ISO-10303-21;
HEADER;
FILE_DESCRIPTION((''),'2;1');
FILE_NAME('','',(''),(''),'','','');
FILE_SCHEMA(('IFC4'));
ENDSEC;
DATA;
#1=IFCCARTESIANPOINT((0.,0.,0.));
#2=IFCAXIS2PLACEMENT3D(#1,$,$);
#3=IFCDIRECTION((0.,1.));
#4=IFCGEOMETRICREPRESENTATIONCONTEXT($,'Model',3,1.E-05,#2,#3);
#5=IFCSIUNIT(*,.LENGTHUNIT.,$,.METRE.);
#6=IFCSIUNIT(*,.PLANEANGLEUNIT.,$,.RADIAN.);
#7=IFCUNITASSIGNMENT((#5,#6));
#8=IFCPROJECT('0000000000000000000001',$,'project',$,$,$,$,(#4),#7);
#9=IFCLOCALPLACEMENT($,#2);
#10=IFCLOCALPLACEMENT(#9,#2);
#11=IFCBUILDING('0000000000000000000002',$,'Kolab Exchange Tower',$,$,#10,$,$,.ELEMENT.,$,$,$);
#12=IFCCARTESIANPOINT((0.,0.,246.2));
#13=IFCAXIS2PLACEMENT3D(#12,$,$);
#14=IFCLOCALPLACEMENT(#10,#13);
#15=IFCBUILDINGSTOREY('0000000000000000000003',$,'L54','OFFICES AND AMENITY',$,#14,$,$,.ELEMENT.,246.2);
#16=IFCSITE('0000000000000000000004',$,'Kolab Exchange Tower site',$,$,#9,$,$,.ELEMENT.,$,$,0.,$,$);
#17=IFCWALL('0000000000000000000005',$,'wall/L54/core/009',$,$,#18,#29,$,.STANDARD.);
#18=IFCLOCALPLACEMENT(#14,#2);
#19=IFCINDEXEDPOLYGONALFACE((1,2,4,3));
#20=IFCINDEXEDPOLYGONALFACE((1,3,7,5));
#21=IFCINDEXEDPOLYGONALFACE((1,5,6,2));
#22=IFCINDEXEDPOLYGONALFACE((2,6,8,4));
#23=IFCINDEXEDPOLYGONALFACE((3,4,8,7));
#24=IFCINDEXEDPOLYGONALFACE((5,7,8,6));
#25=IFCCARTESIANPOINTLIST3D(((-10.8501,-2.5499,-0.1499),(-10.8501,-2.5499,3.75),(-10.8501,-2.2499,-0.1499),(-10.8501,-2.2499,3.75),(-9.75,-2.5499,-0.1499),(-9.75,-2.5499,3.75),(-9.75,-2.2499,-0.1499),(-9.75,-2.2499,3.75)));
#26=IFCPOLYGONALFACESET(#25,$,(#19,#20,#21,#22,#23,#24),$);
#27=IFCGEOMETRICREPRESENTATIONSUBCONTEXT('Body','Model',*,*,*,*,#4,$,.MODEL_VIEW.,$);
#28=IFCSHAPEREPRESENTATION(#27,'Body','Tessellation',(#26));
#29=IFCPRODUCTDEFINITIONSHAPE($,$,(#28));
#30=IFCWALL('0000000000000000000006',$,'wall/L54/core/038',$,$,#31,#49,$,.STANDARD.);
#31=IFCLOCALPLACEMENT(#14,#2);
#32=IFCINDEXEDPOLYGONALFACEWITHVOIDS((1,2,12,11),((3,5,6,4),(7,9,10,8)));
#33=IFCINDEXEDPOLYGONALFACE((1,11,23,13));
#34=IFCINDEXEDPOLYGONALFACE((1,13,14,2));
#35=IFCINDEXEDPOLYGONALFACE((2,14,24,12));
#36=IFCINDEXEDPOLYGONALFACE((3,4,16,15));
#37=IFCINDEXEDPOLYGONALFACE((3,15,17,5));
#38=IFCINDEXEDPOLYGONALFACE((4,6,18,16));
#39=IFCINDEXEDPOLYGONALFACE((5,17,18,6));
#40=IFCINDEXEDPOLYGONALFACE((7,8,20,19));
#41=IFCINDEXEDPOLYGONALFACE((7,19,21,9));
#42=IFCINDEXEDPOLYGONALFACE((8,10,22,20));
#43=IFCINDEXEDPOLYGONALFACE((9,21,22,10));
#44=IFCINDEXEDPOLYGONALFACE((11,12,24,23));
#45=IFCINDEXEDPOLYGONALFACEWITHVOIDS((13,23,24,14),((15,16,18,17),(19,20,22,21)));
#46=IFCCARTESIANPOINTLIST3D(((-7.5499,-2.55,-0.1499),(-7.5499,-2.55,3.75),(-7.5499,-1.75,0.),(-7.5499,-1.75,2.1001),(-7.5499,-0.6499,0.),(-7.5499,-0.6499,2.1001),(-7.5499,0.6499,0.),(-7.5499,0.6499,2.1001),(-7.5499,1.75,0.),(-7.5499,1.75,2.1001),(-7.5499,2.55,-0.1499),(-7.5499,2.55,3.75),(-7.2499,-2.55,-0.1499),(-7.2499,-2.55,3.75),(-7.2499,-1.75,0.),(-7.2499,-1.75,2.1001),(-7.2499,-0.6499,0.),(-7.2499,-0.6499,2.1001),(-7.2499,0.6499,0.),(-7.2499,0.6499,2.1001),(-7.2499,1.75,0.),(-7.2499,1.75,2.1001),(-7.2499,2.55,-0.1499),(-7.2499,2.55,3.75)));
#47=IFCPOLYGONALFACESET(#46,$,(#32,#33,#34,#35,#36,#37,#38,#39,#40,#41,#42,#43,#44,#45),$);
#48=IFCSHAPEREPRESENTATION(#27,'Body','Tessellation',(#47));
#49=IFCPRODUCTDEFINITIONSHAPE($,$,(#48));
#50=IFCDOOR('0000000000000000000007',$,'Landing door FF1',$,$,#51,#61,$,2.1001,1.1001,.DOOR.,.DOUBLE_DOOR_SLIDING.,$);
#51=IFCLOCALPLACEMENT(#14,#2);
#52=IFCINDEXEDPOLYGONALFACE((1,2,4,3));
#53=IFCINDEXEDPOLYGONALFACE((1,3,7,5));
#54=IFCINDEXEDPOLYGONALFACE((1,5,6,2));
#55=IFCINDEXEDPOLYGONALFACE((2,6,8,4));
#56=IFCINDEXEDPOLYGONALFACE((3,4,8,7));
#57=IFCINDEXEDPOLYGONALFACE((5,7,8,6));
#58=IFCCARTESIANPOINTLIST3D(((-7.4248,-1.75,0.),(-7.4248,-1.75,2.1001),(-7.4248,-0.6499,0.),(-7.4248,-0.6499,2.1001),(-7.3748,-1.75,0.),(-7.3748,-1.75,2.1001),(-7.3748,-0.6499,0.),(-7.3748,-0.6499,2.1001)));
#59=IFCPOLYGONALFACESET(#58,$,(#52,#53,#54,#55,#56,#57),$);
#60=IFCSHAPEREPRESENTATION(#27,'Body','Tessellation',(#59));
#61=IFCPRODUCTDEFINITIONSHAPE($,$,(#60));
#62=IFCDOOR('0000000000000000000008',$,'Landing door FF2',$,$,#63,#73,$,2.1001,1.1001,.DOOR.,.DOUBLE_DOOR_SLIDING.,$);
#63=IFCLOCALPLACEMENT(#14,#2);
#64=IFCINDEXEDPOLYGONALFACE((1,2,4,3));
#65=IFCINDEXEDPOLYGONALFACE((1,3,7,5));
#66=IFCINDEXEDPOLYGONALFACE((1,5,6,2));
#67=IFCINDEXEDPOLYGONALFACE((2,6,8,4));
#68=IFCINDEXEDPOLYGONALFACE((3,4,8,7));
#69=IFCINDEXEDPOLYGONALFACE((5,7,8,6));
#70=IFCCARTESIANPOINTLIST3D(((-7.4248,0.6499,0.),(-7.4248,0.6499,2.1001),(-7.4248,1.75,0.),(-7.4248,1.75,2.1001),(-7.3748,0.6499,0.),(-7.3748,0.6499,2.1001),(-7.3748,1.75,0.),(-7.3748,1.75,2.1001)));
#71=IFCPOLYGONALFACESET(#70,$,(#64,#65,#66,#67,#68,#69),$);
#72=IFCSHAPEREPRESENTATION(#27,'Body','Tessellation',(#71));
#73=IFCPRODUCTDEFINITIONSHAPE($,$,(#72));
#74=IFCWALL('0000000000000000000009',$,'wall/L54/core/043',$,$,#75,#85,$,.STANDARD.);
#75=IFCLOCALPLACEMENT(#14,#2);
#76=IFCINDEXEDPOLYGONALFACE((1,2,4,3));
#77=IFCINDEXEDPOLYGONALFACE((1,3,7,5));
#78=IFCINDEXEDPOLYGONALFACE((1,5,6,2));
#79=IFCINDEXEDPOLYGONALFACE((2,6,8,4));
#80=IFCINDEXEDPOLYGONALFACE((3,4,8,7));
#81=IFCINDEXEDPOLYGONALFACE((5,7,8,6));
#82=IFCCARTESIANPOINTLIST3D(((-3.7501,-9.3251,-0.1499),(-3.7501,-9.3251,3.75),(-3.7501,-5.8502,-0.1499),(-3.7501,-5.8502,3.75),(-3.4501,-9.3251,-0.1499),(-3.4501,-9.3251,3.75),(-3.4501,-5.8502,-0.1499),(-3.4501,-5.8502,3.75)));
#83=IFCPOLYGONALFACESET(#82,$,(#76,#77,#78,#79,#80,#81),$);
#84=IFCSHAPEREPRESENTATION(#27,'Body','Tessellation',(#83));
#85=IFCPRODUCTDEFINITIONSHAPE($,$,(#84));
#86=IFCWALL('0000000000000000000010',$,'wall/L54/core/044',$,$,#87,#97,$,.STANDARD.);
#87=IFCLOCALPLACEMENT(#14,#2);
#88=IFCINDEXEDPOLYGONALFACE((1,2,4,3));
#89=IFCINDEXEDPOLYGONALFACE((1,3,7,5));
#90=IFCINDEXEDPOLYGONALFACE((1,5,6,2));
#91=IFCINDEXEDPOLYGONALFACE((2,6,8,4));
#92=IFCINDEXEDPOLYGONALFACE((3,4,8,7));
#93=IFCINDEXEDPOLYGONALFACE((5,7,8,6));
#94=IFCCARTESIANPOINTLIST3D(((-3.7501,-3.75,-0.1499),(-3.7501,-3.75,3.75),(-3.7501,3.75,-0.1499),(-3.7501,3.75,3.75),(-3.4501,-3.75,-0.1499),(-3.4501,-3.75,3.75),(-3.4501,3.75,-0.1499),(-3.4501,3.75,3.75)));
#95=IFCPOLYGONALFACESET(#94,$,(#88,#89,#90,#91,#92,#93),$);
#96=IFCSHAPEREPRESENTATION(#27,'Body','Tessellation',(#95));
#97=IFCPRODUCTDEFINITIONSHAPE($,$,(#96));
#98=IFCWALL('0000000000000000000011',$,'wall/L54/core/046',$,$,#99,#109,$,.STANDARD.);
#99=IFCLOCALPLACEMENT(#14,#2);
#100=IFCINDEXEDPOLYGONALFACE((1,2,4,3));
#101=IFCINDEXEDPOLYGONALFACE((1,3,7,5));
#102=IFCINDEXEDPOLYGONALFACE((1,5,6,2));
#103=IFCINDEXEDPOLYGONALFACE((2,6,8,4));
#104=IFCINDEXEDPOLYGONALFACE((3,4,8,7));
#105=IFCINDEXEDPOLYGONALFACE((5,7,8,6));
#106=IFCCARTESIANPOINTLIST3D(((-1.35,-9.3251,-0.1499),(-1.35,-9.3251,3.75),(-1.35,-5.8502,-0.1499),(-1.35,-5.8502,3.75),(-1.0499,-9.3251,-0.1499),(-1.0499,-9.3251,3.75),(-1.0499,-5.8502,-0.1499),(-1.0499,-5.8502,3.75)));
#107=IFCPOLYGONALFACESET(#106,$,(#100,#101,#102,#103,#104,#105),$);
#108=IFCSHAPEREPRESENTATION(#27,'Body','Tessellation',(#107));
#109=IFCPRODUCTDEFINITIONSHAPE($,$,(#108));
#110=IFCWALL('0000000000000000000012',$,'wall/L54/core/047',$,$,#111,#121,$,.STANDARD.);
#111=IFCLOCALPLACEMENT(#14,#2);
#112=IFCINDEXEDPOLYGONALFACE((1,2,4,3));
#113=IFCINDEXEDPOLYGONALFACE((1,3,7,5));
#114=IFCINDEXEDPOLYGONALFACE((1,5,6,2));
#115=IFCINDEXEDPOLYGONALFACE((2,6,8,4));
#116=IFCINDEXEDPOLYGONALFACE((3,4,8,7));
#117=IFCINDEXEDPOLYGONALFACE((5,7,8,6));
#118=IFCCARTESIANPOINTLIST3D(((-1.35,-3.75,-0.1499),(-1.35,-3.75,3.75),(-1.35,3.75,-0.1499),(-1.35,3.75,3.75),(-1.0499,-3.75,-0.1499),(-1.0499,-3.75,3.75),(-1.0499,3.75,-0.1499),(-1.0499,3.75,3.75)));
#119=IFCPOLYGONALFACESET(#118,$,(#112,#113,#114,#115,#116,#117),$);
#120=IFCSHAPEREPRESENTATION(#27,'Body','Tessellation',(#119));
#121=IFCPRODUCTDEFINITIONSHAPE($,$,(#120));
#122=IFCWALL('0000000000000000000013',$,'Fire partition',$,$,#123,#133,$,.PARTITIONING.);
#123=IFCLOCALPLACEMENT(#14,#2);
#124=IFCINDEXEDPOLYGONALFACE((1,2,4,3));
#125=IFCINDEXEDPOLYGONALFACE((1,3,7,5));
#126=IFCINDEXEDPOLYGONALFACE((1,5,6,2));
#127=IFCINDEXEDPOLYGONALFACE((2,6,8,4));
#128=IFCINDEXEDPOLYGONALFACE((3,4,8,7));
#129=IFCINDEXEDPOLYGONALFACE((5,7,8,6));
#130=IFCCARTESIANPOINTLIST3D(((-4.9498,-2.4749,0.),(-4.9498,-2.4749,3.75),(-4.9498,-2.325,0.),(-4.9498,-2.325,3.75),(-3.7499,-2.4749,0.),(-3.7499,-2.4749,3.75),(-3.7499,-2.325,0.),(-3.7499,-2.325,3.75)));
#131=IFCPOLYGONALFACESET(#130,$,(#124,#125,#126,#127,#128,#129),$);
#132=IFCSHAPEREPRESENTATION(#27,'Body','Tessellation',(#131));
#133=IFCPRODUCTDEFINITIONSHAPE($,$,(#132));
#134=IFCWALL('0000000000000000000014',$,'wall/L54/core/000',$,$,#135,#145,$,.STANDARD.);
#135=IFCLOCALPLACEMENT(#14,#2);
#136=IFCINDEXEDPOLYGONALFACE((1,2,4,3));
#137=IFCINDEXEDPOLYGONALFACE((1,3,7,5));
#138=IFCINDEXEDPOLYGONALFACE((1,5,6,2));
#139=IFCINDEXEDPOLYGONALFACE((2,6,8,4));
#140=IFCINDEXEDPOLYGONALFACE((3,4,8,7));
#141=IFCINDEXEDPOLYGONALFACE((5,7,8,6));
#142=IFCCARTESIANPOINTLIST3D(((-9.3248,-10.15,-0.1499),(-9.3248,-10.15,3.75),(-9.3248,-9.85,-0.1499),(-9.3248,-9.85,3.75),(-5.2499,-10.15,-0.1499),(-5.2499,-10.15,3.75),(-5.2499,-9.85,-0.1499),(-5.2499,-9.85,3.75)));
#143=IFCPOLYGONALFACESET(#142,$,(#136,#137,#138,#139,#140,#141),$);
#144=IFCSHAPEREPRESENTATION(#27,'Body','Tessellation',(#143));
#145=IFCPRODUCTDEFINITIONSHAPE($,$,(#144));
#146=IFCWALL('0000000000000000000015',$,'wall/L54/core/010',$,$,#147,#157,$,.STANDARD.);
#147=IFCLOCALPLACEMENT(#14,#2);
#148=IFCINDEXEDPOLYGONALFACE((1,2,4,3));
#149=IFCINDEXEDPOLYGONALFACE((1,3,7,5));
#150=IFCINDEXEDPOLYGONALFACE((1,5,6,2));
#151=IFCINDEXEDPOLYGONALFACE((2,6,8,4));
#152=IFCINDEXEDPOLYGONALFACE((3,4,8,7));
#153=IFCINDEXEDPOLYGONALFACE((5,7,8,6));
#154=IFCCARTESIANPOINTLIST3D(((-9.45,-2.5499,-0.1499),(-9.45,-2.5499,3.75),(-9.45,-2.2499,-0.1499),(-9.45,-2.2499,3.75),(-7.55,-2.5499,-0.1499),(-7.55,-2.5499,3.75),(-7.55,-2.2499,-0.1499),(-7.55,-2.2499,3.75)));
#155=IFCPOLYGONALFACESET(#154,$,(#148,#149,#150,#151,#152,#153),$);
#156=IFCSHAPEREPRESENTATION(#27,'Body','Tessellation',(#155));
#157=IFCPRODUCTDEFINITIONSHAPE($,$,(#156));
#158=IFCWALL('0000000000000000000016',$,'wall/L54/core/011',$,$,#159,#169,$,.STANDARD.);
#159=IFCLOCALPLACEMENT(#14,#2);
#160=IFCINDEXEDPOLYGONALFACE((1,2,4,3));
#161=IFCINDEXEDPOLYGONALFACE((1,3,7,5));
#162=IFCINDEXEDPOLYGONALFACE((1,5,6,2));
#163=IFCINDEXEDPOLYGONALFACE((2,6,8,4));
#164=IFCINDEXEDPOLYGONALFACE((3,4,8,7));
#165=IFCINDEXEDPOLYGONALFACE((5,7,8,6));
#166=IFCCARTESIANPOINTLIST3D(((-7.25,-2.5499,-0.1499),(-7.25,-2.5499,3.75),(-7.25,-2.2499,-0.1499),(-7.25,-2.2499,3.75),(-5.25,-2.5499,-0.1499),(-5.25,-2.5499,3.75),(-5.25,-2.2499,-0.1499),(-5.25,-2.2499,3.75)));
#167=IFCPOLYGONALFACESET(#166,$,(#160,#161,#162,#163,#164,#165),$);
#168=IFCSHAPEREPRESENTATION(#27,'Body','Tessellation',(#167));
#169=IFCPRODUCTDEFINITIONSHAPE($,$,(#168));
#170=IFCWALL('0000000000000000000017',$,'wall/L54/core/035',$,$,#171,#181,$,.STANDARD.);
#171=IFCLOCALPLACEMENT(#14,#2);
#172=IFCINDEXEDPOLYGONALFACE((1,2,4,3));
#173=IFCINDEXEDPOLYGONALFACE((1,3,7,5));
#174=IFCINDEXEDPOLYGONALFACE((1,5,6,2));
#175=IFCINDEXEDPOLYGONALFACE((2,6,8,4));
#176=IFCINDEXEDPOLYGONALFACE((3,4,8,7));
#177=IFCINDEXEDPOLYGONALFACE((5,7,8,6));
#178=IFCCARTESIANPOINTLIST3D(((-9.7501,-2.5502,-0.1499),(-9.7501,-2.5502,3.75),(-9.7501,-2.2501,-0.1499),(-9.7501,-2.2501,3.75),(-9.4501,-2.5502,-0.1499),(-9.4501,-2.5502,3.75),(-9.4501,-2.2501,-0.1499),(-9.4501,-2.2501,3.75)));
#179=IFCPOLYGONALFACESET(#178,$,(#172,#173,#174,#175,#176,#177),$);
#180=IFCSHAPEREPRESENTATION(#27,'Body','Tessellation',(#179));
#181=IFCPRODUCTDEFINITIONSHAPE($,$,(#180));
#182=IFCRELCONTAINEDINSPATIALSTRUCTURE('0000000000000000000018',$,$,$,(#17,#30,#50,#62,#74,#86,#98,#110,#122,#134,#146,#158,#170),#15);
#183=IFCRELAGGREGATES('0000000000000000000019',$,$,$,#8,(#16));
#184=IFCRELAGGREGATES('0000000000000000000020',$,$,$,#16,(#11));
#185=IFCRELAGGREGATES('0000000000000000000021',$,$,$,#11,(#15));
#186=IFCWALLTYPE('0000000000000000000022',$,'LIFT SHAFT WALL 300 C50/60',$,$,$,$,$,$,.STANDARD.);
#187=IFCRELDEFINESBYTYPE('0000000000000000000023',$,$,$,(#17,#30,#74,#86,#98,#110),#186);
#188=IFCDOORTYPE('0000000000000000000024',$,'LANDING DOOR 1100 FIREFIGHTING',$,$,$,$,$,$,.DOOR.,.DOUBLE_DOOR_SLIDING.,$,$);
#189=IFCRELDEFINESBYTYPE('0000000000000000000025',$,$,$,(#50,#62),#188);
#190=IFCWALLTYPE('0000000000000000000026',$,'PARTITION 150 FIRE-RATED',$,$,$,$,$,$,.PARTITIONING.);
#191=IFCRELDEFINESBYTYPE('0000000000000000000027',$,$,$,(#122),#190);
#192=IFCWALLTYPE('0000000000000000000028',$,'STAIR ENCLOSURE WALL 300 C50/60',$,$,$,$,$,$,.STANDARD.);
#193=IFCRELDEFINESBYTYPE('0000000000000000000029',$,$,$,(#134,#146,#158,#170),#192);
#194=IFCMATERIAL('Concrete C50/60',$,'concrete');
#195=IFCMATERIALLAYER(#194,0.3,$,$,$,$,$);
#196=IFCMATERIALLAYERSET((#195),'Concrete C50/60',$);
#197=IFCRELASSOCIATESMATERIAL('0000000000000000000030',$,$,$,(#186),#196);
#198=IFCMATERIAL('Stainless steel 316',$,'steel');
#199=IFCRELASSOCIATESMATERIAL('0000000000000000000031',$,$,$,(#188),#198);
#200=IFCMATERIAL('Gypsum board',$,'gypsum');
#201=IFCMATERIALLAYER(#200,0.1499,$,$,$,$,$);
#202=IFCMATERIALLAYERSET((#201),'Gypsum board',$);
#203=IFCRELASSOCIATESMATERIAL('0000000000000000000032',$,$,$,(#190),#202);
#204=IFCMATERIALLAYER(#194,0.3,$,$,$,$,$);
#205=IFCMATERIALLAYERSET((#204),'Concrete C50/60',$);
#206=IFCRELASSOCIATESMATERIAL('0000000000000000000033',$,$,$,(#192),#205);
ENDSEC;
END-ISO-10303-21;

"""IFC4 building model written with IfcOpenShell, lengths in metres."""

from ifc_helpers import new_model, si_unit, direction, frame, frame_2d, origin, place, context, subcontext, project, spatial, rectangle, extrude, material, layer, layer_set, type_object, element, fill, save


model = new_model("IFC4")

# Units and contexts
model_context = context("Model", 3, precision=1e-05, world=origin(), true_north=direction((0.0, 1.0)))
body_context = subcontext(model_context, "Body", "Model", "MODEL_VIEW")
ifc_project = project(units=[si_unit("LENGTHUNIT", "METRE"), si_unit("PLANEANGLEUNIT", "RADIAN")], contexts=[model_context])

# Site, building, storey
site_placement = place(None, origin())
site = spatial("IfcSite", under=ifc_project, at=site_placement, Name="Kolab Exchange Tower site", CompositionType="ELEMENT", RefElevation=0.0)
building_placement = place(site_placement, origin())
building = spatial("IfcBuilding", under=site, at=building_placement, Name="Kolab Exchange Tower", CompositionType="ELEMENT")
storey_placement = place(building_placement, frame((0.0, 0.0, 246.2)))
storey = spatial("IfcBuildingStorey", under=building, at=storey_placement, Name="L54", Description="OFFICES AND AMENITY", CompositionType="ELEMENT", Elevation=246.2)

# Shared definitions
ifc_material_1 = material(Name="Concrete C50/60", Category="concrete")

# Shared definitions
ifc_layer_1 = layer(ifc_material_1, 0.3)
ifc_layer_set_1 = layer_set([ifc_layer_1], Name="Concrete C50/60")
wall_type_1 = type_object("IfcWallType", Name="LIFT SHAFT WALL 300 C50/60", PredefinedType="STANDARD", material=ifc_layer_set_1)
ifc_material_2 = material(Name="Stainless steel 316", Category="steel")

# Wall
wall_1_placement = place(storey_placement, frame((-10.8501, -2.3999, -0.1499), z_axis=(0.0, 0.0, 1.0), x_axis=(1.0, 0.0, 0.0)))
element("IfcWall", 1, at=wall_1_placement, inside=storey, type_object=wall_type_1, Name="wall/L54/core/009", PredefinedType="STANDARD", context=body_context, shape_type="SweptSolid", body=[
    extrude(rectangle(XDim=1.1001, YDim=0.3, at=frame_2d((0.55, 0.0))), origin(), (0.0, 0.0, 1.0), 3.8999),
])

# Wall, openings, doors
wall_2_placement = place(storey_placement, frame((-7.3999, -2.55, -0.1499), z_axis=(0.0, 0.0, 1.0), x_axis=(0.0, 1.0, 0.0)))
wall_2 = element("IfcWall", 2, at=wall_2_placement, inside=storey, type_object=wall_type_1, Name="wall/L54/core/038", PredefinedType="STANDARD", context=body_context, shape_type="SweptSolid", body=[
    extrude(rectangle(XDim=5.1001, YDim=0.3, at=frame_2d((2.55, 0.0))), origin(), (0.0, 0.0, 1.0), 3.8999),
])
opening_1_placement = place(wall_2_placement, frame((0.8, 0.0, 0.1499)))
opening_1 = element("IfcOpeningElement", 3, at=opening_1_placement, cuts=wall_2, PredefinedType="OPENING", context=body_context, shape_type="SweptSolid", body=[
    extrude(rectangle(XDim=1.1001, YDim=2.1001, at=frame_2d((0.55, 1.05))), frame((0.0, 0.1602, 0.0), z_axis=(0.0, -1.0, 0.0), x_axis=(1.0, 0.0, 0.0)), (0.0, 0.0, 1.0), 0.3201),
])
opening_2_placement = place(wall_2_placement, frame((3.2, 0.0, 0.1499)))
opening_2 = element("IfcOpeningElement", 4, at=opening_2_placement, cuts=wall_2, PredefinedType="OPENING", context=body_context, shape_type="SweptSolid", body=[
    extrude(rectangle(XDim=1.1001, YDim=2.1001, at=frame_2d((0.55, 1.05))), frame((0.0, 0.1602, 0.0), z_axis=(0.0, -1.0, 0.0), x_axis=(1.0, 0.0, 0.0)), (0.0, 0.0, 1.0), 0.3201),
])
door_type_1 = type_object("IfcDoorType", Name="LANDING DOOR 1100 FIREFIGHTING", OperationType="DOUBLE_DOOR_SLIDING", PredefinedType="DOOR", material=ifc_material_2)
door_1_placement = place(opening_1_placement, origin())
door_1 = element("IfcDoor", 5, at=door_1_placement, inside=storey, type_object=door_type_1, Name="Landing door FF1", OperationType="DOUBLE_DOOR_SLIDING", OverallHeight=2.1001, OverallWidth=1.1001, PredefinedType="DOOR", context=body_context, shape_type="SweptSolid", body=[
    extrude(rectangle(XDim=1.1001, YDim=2.1001, at=frame_2d((0.55, 1.05))), frame((0.0, 0.0249, 0.0), z_axis=(0.0, -1.0, 0.0), x_axis=(1.0, 0.0, 0.0)), (0.0, 0.0, 1.0), 0.05),
])
fill(opening_1, door_1)
door_2_placement = place(opening_2_placement, origin())
door_2 = element("IfcDoor", 6, at=door_2_placement, inside=storey, type_object=door_type_1, Name="Landing door FF2", OperationType="DOUBLE_DOOR_SLIDING", OverallHeight=2.1001, OverallWidth=1.1001, PredefinedType="DOOR", context=body_context, shape_type="SweptSolid", body=[
    extrude(rectangle(XDim=1.1001, YDim=2.1001, at=frame_2d((0.55, 1.05))), frame((0.0, 0.0249, 0.0), z_axis=(0.0, -1.0, 0.0), x_axis=(1.0, 0.0, 0.0)), (0.0, 0.0, 1.0), 0.05),
])
fill(opening_2, door_2)

# Walls
wall_3_placement = place(storey_placement, frame((-3.6001, -9.325, -0.1499), z_axis=(0.0, 0.0, 1.0), x_axis=(0.0, 1.0, 0.0)))
element("IfcWall", 7, at=wall_3_placement, inside=storey, type_object=wall_type_1, Name="wall/L54/core/043", PredefinedType="STANDARD", context=body_context, shape_type="SweptSolid", body=[
    extrude(rectangle(XDim=3.4749, YDim=0.3, at=frame_2d((1.7373, 0.0))), origin(), (0.0, 0.0, 1.0), 3.8999),
])
wall_4_placement = place(storey_placement, frame((-3.6001, -3.75, -0.1499), z_axis=(0.0, 0.0, 1.0), x_axis=(0.0, 1.0, 0.0)))
element("IfcWall", 8, at=wall_4_placement, inside=storey, type_object=wall_type_1, Name="wall/L54/core/044", PredefinedType="STANDARD", context=body_context, shape_type="SweptSolid", body=[
    extrude(rectangle(XDim=7.5, YDim=0.3, at=frame_2d((3.75, 0.0))), origin(), (0.0, 0.0, 1.0), 3.8999),
])
wall_5_placement = place(storey_placement, frame((-1.2, -9.325, -0.1499), z_axis=(0.0, 0.0, 1.0), x_axis=(0.0, 1.0, 0.0)))
element("IfcWall", 9, at=wall_5_placement, inside=storey, type_object=wall_type_1, Name="wall/L54/core/046", PredefinedType="STANDARD", context=body_context, shape_type="SweptSolid", body=[
    extrude(rectangle(XDim=3.4749, YDim=0.3, at=frame_2d((1.7373, 0.0))), origin(), (0.0, 0.0, 1.0), 3.8999),
])
wall_6_placement = place(storey_placement, frame((-1.2, -3.75, -0.1499), z_axis=(0.0, 0.0, 1.0), x_axis=(0.0, 1.0, 0.0)))
element("IfcWall", 10, at=wall_6_placement, inside=storey, type_object=wall_type_1, Name="wall/L54/core/047", PredefinedType="STANDARD", context=body_context, shape_type="SweptSolid", body=[
    extrude(rectangle(XDim=7.5, YDim=0.3, at=frame_2d((3.75, 0.0))), origin(), (0.0, 0.0, 1.0), 3.8999),
])
ifc_material_3 = material(Name="Gypsum board", Category="gypsum")
ifc_layer_2 = layer(ifc_material_3, 0.1499)
ifc_layer_set_2 = layer_set([ifc_layer_2], Name="Gypsum board")
wall_type_2 = type_object("IfcWallType", Name="PARTITION 150 FIRE-RATED", PredefinedType="PARTITIONING", material=ifc_layer_set_2)
wall_7_placement = place(storey_placement, frame((-4.95, -2.3999, 0.0), z_axis=(0.0, 0.0, 1.0), x_axis=(1.0, 0.0, 0.0)))
element("IfcWall", 11, at=wall_7_placement, inside=storey, type_object=wall_type_2, Name="Fire partition", PredefinedType="PARTITIONING", context=body_context, shape_type="SweptSolid", body=[
    extrude(rectangle(XDim=1.2, YDim=0.1499, at=frame_2d((0.6001, 0.0))), origin(), (0.0, 0.0, 1.0), 3.75),
])
ifc_layer_3 = layer(ifc_material_1, 0.3)
ifc_layer_set_3 = layer_set([ifc_layer_3], Name="Concrete C50/60")
wall_type_3 = type_object("IfcWallType", Name="STAIR ENCLOSURE WALL 300 C50/60", PredefinedType="STANDARD", material=ifc_layer_set_3)
wall_8_placement = place(storey_placement, frame((-9.325, -10.0, -0.1499), z_axis=(0.0, 0.0, 1.0), x_axis=(1.0, 0.0, 0.0)))
element("IfcWall", 12, at=wall_8_placement, inside=storey, type_object=wall_type_3, Name="wall/L54/core/000", PredefinedType="STANDARD", context=body_context, shape_type="SweptSolid", body=[
    extrude(rectangle(XDim=4.075, YDim=0.3, at=frame_2d((2.0376, 0.0))), origin(), (0.0, 0.0, 1.0), 3.8999),
])
wall_9_placement = place(storey_placement, frame((-9.45, -2.3999, -0.1499), z_axis=(0.0, 0.0, 1.0), x_axis=(1.0, 0.0, 0.0)))
element("IfcWall", 13, at=wall_9_placement, inside=storey, type_object=wall_type_3, Name="wall/L54/core/010", PredefinedType="STANDARD", context=body_context, shape_type="SweptSolid", body=[
    extrude(rectangle(XDim=1.8999, YDim=0.3, at=frame_2d((0.95, 0.0))), origin(), (0.0, 0.0, 1.0), 3.8999),
])
wall_10_placement = place(storey_placement, frame((-7.25, -2.3999, -0.1499), z_axis=(0.0, 0.0, 1.0), x_axis=(1.0, 0.0, 0.0)))
element("IfcWall", 14, at=wall_10_placement, inside=storey, type_object=wall_type_3, Name="wall/L54/core/011", PredefinedType="STANDARD", context=body_context, shape_type="SweptSolid", body=[
    extrude(rectangle(XDim=2.0, YDim=0.3, at=frame_2d((1.0, 0.0))), origin(), (0.0, 0.0, 1.0), 3.8999),
])
wall_11_placement = place(storey_placement, frame((-9.6001, -2.55, -0.1499), z_axis=(0.0, 0.0, 1.0), x_axis=(0.0, 1.0, 0.0)))
element("IfcWall", 15, at=wall_11_placement, inside=storey, type_object=wall_type_3, Name="wall/L54/core/035", PredefinedType="STANDARD", context=body_context, shape_type="SweptSolid", body=[
    extrude(rectangle(XDim=0.3, YDim=0.3, at=frame_2d((0.1499, 0.0))), origin(), (0.0, 0.0, 1.0), 3.8999),
])

save(model, "model.ifc")
